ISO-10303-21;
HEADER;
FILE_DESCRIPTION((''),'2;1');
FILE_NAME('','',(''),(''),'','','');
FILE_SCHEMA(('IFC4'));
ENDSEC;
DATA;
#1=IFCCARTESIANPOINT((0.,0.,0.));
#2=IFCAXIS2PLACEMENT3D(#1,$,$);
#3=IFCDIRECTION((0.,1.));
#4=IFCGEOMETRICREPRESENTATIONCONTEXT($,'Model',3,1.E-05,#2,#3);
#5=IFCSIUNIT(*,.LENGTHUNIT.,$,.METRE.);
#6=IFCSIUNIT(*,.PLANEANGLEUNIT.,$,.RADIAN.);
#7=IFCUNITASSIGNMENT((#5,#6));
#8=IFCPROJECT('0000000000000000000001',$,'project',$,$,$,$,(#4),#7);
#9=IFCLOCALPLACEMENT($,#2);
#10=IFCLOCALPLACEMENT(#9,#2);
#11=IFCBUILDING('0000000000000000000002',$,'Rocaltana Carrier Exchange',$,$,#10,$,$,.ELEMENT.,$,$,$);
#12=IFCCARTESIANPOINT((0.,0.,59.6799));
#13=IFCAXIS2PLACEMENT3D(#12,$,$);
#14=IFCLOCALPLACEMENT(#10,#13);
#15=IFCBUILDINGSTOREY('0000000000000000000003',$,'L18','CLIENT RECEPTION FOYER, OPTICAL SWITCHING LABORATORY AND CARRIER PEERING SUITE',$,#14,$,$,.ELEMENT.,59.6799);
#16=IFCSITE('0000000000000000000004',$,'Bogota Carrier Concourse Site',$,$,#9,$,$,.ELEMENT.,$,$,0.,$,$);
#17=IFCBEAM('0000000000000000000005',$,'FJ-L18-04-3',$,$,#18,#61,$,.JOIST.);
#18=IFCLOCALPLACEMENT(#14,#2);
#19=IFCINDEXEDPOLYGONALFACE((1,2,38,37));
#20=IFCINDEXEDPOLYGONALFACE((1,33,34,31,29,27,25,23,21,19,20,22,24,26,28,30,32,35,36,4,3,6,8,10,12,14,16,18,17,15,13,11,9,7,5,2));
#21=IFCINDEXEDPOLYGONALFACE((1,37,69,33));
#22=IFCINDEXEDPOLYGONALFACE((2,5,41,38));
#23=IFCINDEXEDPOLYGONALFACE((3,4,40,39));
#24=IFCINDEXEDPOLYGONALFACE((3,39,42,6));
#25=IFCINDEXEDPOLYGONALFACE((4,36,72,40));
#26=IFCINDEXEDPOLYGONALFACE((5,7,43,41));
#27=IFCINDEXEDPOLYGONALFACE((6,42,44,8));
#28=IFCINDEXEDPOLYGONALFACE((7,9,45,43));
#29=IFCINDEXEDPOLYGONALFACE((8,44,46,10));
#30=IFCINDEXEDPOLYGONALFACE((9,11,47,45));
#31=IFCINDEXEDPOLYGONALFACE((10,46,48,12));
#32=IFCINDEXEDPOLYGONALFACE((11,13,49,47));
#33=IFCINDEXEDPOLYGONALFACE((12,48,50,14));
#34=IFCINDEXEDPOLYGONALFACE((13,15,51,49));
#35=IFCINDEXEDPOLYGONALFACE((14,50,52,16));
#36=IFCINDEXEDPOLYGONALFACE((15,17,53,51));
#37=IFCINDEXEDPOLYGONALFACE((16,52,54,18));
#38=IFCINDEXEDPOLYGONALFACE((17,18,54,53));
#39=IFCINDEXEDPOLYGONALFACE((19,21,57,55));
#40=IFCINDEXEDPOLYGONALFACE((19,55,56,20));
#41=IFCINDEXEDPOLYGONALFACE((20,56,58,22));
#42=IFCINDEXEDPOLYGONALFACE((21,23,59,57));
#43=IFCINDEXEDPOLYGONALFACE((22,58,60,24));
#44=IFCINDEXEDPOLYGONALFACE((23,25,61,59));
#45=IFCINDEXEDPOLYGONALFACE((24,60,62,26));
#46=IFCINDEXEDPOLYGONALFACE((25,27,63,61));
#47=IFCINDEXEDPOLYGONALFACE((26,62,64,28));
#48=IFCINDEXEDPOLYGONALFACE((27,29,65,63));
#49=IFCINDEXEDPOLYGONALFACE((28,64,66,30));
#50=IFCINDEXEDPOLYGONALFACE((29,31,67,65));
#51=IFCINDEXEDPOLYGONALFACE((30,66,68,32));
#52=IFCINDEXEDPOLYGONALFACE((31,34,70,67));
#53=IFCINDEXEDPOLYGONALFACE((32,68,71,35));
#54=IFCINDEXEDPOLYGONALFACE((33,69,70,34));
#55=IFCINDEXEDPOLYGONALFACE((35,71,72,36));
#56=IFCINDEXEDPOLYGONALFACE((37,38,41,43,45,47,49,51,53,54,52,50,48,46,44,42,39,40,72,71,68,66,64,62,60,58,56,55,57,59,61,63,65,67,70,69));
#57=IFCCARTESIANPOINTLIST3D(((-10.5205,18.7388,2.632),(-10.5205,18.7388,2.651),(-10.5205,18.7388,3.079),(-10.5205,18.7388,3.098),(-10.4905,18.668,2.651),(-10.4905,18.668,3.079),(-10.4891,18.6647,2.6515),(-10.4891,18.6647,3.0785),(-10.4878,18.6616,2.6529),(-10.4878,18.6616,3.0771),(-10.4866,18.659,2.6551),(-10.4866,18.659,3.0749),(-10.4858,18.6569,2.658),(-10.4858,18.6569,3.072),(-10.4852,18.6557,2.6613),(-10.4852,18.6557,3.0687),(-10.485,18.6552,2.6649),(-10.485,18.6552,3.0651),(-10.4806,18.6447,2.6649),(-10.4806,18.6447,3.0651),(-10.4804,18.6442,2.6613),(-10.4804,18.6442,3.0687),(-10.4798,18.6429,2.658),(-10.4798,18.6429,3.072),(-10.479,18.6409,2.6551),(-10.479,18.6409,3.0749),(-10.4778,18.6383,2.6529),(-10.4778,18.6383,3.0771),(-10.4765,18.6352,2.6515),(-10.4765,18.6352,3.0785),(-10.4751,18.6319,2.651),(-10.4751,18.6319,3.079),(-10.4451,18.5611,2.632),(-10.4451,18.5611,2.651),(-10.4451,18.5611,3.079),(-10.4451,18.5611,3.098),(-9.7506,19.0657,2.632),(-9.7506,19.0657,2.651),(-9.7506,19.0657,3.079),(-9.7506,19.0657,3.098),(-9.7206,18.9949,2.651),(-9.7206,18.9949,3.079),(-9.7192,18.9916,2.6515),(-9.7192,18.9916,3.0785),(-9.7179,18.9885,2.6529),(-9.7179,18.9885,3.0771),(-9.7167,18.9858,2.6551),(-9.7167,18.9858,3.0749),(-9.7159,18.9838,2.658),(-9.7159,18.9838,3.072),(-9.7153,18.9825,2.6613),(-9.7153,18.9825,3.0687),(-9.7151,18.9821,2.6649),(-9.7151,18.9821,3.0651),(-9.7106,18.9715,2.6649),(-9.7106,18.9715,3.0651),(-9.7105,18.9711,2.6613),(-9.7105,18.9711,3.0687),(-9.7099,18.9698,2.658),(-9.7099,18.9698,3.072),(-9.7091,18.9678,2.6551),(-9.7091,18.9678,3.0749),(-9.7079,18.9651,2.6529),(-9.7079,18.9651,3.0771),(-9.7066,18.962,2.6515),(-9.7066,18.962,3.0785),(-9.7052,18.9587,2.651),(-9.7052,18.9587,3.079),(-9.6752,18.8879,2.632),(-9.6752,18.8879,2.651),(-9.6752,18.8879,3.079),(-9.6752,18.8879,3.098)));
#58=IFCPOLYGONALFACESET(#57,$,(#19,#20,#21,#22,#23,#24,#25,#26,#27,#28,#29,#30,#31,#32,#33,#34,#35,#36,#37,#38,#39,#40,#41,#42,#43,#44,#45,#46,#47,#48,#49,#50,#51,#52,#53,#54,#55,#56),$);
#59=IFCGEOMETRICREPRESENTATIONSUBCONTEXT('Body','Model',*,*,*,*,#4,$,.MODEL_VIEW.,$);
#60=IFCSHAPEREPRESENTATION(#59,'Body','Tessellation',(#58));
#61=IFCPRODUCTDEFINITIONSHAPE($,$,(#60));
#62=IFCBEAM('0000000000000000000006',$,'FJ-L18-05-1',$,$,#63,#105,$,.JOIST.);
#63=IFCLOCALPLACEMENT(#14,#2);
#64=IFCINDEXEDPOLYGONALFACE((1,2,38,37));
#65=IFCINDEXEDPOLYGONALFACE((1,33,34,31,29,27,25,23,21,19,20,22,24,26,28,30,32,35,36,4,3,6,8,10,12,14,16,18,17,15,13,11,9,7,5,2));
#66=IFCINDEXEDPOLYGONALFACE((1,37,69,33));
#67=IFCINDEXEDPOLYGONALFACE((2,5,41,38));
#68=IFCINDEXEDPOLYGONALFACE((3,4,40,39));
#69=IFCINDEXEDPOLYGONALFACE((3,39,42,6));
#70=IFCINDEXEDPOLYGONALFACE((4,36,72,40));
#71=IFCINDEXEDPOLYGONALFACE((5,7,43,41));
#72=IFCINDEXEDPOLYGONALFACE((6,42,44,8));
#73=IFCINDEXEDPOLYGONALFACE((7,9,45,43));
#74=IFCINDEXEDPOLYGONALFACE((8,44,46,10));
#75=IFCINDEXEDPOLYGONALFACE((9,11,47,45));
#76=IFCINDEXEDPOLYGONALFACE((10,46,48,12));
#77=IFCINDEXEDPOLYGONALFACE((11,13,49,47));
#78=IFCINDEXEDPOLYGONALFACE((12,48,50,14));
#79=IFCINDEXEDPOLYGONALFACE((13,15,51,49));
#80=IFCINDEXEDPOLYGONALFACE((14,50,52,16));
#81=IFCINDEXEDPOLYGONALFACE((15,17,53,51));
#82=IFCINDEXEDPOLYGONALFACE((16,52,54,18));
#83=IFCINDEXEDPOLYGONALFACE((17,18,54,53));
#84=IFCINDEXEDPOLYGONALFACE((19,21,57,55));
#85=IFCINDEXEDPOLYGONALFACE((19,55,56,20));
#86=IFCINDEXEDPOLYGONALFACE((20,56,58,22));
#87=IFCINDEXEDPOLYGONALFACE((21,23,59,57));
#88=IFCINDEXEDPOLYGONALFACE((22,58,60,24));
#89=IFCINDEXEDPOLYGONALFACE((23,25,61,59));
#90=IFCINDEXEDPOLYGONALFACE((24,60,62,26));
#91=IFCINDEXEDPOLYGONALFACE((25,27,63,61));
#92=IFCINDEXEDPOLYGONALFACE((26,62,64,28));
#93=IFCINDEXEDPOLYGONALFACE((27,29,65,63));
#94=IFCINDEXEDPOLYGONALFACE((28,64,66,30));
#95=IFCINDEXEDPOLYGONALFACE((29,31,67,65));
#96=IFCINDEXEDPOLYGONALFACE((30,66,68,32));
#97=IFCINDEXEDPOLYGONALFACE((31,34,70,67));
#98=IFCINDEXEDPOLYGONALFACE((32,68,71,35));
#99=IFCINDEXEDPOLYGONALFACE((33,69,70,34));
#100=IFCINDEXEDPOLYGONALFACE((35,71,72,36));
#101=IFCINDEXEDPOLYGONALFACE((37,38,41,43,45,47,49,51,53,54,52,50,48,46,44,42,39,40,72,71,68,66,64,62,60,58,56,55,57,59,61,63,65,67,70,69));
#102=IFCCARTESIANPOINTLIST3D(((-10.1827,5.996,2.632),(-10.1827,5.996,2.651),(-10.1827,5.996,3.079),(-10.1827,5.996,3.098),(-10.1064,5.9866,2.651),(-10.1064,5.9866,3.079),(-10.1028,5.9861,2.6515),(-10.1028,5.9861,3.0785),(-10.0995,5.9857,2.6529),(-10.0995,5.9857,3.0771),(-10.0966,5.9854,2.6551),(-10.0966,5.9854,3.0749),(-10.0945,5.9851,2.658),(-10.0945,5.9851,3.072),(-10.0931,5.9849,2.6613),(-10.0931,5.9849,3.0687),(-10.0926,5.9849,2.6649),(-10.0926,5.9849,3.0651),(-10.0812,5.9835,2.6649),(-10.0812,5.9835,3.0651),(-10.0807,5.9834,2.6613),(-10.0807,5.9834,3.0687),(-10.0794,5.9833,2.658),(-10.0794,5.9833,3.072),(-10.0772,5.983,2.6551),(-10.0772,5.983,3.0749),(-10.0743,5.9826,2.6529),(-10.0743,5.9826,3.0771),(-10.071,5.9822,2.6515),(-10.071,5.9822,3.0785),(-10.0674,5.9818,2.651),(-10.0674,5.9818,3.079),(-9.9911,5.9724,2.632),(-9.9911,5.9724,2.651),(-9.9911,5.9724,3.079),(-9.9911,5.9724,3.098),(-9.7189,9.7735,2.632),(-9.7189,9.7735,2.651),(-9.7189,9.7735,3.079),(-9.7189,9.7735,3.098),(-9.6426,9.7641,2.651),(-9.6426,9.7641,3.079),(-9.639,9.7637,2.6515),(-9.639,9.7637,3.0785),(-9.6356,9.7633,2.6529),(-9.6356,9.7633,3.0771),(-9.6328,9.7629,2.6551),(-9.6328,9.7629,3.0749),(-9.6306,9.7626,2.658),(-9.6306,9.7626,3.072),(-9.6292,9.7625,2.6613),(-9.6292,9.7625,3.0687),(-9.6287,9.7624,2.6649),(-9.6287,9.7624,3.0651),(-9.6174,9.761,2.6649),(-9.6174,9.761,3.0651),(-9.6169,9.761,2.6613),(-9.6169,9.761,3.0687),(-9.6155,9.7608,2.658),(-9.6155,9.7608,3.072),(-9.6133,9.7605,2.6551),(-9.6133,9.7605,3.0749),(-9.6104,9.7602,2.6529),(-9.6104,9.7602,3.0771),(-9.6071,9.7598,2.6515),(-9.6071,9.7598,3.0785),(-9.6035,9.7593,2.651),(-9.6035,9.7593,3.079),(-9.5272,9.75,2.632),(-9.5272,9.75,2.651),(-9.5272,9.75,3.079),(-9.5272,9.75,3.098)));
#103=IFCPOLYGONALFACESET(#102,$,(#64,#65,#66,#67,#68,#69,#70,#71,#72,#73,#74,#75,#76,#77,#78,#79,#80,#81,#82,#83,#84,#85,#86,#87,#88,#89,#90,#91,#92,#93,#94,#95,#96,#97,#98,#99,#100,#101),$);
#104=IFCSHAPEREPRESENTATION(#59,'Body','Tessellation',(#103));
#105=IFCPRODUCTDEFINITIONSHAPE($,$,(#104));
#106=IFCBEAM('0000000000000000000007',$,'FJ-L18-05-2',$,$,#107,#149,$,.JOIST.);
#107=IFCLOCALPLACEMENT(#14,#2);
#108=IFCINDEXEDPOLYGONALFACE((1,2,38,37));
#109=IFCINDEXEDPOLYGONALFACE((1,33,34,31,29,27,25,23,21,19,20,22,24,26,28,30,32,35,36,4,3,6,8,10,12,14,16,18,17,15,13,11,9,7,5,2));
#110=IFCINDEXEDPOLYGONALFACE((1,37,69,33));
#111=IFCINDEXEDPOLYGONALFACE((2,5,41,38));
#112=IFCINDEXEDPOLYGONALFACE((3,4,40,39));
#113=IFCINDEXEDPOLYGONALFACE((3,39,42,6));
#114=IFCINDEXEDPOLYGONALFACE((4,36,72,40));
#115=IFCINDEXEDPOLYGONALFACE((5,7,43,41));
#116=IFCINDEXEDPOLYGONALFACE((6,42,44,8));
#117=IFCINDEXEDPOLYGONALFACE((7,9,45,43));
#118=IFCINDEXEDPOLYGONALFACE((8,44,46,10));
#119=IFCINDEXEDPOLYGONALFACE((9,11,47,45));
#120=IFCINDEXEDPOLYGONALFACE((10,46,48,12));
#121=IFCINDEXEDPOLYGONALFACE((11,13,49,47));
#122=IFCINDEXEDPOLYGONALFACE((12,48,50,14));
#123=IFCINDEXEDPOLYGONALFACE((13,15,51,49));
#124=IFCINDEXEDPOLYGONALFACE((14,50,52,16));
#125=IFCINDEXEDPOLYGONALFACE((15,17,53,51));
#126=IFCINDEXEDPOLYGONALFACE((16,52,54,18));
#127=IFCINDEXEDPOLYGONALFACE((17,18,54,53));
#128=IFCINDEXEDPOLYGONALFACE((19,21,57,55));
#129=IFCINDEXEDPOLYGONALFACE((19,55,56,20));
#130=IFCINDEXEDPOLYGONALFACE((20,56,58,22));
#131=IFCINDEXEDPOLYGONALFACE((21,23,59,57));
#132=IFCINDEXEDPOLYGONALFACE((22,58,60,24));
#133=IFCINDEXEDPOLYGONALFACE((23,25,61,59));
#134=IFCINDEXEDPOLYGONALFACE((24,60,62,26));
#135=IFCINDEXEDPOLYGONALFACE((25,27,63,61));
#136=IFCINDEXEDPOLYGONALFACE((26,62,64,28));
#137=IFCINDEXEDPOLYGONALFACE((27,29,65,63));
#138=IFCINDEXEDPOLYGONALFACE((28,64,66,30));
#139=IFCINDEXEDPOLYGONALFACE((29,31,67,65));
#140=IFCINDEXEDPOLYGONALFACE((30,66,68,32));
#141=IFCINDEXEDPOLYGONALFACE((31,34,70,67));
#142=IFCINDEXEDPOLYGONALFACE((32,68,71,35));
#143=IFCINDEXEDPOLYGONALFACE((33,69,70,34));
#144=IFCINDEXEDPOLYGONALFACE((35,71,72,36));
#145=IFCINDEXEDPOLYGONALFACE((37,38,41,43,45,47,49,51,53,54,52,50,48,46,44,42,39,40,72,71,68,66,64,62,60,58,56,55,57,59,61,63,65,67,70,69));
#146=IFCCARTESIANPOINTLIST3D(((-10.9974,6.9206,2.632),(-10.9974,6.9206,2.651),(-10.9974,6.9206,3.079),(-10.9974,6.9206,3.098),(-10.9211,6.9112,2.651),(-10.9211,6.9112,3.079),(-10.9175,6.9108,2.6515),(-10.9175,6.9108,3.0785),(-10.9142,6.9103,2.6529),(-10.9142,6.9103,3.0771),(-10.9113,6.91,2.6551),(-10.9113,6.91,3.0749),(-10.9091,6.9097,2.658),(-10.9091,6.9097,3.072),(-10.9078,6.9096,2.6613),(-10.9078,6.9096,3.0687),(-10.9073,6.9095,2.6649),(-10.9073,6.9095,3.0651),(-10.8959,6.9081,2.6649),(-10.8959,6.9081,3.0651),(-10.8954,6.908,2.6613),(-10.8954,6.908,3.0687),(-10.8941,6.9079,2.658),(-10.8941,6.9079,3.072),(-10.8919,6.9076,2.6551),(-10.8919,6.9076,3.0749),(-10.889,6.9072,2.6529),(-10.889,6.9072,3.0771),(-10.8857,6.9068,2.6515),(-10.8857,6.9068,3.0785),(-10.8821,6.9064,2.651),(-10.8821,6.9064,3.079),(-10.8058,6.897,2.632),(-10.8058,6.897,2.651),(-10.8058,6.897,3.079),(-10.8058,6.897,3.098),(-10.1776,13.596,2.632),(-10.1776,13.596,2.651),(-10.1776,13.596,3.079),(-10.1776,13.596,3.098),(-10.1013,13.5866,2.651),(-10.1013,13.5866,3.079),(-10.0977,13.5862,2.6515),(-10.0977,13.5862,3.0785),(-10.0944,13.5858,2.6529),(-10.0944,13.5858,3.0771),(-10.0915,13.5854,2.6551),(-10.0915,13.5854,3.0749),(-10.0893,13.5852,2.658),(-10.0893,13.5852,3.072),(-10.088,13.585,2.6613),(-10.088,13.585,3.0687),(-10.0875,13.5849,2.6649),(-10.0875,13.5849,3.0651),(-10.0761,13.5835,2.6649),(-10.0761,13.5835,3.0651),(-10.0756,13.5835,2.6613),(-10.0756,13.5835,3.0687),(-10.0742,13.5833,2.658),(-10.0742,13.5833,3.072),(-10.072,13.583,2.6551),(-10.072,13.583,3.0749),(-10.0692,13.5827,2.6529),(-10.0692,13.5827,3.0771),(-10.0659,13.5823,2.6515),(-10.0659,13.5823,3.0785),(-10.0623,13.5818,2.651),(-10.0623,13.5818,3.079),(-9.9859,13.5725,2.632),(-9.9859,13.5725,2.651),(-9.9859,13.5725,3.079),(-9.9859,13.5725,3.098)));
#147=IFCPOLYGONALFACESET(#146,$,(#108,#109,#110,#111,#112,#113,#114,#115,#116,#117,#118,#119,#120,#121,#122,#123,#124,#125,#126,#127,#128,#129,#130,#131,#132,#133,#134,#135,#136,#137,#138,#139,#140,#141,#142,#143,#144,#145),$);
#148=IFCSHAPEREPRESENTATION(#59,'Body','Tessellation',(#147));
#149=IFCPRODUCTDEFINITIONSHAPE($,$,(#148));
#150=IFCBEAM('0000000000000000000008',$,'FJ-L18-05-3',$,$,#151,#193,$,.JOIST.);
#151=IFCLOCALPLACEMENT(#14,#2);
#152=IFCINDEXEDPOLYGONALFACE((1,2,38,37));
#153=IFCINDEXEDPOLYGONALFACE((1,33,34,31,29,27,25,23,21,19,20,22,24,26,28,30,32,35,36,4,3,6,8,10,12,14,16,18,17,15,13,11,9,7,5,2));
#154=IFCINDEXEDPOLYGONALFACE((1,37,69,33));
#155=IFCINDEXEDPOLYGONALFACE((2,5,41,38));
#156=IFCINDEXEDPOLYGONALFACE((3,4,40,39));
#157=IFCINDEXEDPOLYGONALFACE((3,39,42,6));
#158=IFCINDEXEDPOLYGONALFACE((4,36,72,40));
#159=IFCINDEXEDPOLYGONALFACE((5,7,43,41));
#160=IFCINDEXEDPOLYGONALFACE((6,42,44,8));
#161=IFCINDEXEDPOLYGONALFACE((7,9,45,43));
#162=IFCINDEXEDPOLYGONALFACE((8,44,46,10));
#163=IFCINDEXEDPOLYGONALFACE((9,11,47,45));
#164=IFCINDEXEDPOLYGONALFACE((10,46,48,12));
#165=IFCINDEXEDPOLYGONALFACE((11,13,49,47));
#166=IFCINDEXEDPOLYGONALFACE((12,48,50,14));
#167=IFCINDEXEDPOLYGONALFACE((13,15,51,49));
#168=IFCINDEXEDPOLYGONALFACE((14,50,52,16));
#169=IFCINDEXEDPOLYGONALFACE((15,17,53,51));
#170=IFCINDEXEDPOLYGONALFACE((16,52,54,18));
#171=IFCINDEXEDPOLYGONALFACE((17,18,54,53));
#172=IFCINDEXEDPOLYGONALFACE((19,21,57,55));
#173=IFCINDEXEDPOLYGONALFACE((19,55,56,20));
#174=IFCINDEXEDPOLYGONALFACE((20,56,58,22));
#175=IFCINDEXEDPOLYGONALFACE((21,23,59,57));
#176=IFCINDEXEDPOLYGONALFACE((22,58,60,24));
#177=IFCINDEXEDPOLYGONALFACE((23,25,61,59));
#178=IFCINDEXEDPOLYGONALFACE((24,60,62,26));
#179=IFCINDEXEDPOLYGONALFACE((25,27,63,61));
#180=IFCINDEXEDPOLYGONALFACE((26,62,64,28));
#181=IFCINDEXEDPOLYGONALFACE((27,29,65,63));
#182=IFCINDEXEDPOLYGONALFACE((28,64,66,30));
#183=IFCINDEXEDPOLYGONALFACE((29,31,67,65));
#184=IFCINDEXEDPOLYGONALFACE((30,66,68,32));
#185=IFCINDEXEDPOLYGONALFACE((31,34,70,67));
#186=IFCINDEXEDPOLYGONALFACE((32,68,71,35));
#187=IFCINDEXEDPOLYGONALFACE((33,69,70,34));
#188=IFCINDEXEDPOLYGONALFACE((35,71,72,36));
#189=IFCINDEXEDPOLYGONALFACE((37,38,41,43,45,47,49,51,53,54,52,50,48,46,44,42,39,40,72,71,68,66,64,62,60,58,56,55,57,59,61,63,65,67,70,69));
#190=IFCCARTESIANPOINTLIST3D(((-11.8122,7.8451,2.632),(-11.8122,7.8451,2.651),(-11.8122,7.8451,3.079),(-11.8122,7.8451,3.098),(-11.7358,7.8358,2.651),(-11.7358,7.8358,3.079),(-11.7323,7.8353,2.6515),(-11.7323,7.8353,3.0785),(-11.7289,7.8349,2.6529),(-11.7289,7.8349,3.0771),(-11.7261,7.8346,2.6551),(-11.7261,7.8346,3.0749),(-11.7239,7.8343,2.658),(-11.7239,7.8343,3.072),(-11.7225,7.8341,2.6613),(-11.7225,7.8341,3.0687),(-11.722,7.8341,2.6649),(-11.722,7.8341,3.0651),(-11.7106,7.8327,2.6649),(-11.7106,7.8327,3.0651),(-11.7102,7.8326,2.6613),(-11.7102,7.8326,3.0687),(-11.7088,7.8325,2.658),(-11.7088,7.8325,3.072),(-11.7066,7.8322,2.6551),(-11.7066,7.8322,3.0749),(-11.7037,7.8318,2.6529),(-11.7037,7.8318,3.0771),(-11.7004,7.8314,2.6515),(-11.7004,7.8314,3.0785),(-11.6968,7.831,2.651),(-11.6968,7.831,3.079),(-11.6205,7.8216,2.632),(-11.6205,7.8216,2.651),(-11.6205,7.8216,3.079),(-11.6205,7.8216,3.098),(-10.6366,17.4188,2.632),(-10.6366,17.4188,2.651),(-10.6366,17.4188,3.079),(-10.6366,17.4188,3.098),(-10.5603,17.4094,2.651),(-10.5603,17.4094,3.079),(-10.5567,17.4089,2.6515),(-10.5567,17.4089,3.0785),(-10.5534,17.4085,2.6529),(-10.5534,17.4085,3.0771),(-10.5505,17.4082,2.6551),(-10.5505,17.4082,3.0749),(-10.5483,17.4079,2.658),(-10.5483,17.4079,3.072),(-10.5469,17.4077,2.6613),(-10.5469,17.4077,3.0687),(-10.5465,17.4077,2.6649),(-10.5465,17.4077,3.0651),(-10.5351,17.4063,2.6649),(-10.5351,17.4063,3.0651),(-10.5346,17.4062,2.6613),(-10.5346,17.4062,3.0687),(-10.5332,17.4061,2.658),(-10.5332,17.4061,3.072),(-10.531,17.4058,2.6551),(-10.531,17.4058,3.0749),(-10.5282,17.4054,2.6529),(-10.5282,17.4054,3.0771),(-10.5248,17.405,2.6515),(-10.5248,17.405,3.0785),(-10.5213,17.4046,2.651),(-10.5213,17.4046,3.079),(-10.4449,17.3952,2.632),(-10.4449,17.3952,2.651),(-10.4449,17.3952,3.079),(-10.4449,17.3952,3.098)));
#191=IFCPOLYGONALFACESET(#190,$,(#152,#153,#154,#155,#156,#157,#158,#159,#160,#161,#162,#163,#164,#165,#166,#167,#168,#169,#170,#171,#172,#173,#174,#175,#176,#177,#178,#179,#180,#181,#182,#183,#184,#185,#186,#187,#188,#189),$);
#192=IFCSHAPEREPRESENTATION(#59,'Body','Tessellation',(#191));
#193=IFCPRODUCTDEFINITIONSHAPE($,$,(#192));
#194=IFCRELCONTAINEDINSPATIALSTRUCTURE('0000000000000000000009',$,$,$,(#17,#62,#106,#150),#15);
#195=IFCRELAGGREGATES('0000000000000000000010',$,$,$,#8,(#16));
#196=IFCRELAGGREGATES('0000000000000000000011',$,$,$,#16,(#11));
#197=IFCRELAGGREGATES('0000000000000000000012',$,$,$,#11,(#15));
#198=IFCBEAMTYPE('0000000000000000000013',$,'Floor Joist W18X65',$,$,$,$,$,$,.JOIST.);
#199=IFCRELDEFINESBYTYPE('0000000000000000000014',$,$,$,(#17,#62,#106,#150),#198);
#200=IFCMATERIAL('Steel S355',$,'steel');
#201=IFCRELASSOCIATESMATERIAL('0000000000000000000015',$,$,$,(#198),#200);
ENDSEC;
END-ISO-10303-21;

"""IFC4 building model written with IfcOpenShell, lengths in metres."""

from ifc_helpers import new_model, si_unit, direction, frame, origin, origin_2d, place, context, subcontext, project, spatial, i_section, extrude, material, material_profile, profile_set, type_object, element, save


model = new_model("IFC4")

# Units and contexts
model_context = context("Model", 3, precision=1e-05, world=origin(), true_north=direction((0.0, 1.0)))
body_context = subcontext(model_context, "Body", "Model", "MODEL_VIEW")
ifc_project = project(units=[si_unit("LENGTHUNIT", "METRE"), si_unit("PLANEANGLEUNIT", "RADIAN")], contexts=[model_context])

# Site, building, storey
site_placement = place(None, origin())
site = spatial("IfcSite", under=ifc_project, at=site_placement, Name="Bogota Carrier Concourse Site", CompositionType="ELEMENT", RefElevation=0.0)
building_placement = place(site_placement, origin())
building = spatial("IfcBuilding", under=site, at=building_placement, Name="Rocaltana Carrier Exchange", CompositionType="ELEMENT")
storey_placement = place(building_placement, frame((0.0, 0.0, 59.6799)))
storey = spatial("IfcBuildingStorey", under=building, at=storey_placement, Name="L18", Description="CLIENT RECEPTION FOYER, OPTICAL SWITCHING LABORATORY AND CARRIER PEERING SUITE", CompositionType="ELEMENT", Elevation=59.6799)

# Beams
ifc_material_1 = material(Name="Steel S355", Category="steel")
ifc_material_profile_1 = material_profile(ifc_material_1, i_section(OverallWidth=0.1931, OverallDepth=0.4661, WebThickness=0.0115, FlangeThickness=0.019, FilletRadius=0.0139, at=origin_2d()), Name="W18X65")
ifc_profile_set_1 = profile_set([ifc_material_profile_1], Name="Steel S355")
beam_type_1 = type_object("IfcBeamType", Name="Floor Joist W18X65", PredefinedType="JOIST", material=ifc_profile_set_1)
beam_1_placement = place(storey_placement, frame((-9.7129, 18.9768, 2.865), z_axis=(-0.920483, -0.390782, 0.0), x_axis=(0.390782, -0.920483, 0.0)))
element("IfcBeam", 1, at=beam_1_placement, inside=storey, type_object=beam_type_1, Name="FJ-L18-04-3", PredefinedType="JOIST", context=body_context, shape_type="SweptSolid", body=[
    extrude(i_section(OverallWidth=0.1931, OverallDepth=0.4661, WebThickness=0.0115, FlangeThickness=0.019, FilletRadius=0.0139, at=origin_2d()), origin(), (0.0, 0.0, 1.0), 0.8364),
])
beam_2_placement = place(storey_placement, frame((-9.623, 9.7617, 2.865), z_axis=(-0.121879, -0.992545, 0.0), x_axis=(0.992545, -0.121879, 0.0)))
element("IfcBeam", 2, at=beam_2_placement, inside=storey, type_object=beam_type_1, Name="FJ-L18-05-1", PredefinedType="JOIST", context=body_context, shape_type="SweptSolid", body=[
    extrude(i_section(OverallWidth=0.1931, OverallDepth=0.4661, WebThickness=0.0115, FlangeThickness=0.019, FilletRadius=0.0139, at=origin_2d()), origin(), (0.0, 0.0, 1.0), 3.8059),
])
beam_3_placement = place(storey_placement, frame((-10.0818, 13.5842, 2.865), z_axis=(-0.121894, -0.992543, 0.0), x_axis=(0.992543, -0.121894, 0.0)))
element("IfcBeam", 3, at=beam_3_placement, inside=storey, type_object=beam_type_1, Name="FJ-L18-05-2", PredefinedType="JOIST", context=body_context, shape_type="SweptSolid", body=[
    extrude(i_section(OverallWidth=0.1931, OverallDepth=0.4661, WebThickness=0.0115, FlangeThickness=0.019, FilletRadius=0.0139, at=origin_2d()), origin(), (0.0, 0.0, 1.0), 6.7256),
])
beam_4_placement = place(storey_placement, frame((-10.5408, 17.407, 2.865), z_axis=(-0.121876, -0.992545, 0.0), x_axis=(0.992545, -0.121876, 0.0)))
element("IfcBeam", 4, at=beam_4_placement, inside=storey, type_object=beam_type_1, Name="FJ-L18-05-3", PredefinedType="JOIST", context=body_context, shape_type="SweptSolid", body=[
    extrude(i_section(OverallWidth=0.1931, OverallDepth=0.4661, WebThickness=0.0115, FlangeThickness=0.019, FilletRadius=0.0139, at=origin_2d()), origin(), (0.0, 0.0, 1.0), 9.6455),
])

save(model, "model.ifc")
